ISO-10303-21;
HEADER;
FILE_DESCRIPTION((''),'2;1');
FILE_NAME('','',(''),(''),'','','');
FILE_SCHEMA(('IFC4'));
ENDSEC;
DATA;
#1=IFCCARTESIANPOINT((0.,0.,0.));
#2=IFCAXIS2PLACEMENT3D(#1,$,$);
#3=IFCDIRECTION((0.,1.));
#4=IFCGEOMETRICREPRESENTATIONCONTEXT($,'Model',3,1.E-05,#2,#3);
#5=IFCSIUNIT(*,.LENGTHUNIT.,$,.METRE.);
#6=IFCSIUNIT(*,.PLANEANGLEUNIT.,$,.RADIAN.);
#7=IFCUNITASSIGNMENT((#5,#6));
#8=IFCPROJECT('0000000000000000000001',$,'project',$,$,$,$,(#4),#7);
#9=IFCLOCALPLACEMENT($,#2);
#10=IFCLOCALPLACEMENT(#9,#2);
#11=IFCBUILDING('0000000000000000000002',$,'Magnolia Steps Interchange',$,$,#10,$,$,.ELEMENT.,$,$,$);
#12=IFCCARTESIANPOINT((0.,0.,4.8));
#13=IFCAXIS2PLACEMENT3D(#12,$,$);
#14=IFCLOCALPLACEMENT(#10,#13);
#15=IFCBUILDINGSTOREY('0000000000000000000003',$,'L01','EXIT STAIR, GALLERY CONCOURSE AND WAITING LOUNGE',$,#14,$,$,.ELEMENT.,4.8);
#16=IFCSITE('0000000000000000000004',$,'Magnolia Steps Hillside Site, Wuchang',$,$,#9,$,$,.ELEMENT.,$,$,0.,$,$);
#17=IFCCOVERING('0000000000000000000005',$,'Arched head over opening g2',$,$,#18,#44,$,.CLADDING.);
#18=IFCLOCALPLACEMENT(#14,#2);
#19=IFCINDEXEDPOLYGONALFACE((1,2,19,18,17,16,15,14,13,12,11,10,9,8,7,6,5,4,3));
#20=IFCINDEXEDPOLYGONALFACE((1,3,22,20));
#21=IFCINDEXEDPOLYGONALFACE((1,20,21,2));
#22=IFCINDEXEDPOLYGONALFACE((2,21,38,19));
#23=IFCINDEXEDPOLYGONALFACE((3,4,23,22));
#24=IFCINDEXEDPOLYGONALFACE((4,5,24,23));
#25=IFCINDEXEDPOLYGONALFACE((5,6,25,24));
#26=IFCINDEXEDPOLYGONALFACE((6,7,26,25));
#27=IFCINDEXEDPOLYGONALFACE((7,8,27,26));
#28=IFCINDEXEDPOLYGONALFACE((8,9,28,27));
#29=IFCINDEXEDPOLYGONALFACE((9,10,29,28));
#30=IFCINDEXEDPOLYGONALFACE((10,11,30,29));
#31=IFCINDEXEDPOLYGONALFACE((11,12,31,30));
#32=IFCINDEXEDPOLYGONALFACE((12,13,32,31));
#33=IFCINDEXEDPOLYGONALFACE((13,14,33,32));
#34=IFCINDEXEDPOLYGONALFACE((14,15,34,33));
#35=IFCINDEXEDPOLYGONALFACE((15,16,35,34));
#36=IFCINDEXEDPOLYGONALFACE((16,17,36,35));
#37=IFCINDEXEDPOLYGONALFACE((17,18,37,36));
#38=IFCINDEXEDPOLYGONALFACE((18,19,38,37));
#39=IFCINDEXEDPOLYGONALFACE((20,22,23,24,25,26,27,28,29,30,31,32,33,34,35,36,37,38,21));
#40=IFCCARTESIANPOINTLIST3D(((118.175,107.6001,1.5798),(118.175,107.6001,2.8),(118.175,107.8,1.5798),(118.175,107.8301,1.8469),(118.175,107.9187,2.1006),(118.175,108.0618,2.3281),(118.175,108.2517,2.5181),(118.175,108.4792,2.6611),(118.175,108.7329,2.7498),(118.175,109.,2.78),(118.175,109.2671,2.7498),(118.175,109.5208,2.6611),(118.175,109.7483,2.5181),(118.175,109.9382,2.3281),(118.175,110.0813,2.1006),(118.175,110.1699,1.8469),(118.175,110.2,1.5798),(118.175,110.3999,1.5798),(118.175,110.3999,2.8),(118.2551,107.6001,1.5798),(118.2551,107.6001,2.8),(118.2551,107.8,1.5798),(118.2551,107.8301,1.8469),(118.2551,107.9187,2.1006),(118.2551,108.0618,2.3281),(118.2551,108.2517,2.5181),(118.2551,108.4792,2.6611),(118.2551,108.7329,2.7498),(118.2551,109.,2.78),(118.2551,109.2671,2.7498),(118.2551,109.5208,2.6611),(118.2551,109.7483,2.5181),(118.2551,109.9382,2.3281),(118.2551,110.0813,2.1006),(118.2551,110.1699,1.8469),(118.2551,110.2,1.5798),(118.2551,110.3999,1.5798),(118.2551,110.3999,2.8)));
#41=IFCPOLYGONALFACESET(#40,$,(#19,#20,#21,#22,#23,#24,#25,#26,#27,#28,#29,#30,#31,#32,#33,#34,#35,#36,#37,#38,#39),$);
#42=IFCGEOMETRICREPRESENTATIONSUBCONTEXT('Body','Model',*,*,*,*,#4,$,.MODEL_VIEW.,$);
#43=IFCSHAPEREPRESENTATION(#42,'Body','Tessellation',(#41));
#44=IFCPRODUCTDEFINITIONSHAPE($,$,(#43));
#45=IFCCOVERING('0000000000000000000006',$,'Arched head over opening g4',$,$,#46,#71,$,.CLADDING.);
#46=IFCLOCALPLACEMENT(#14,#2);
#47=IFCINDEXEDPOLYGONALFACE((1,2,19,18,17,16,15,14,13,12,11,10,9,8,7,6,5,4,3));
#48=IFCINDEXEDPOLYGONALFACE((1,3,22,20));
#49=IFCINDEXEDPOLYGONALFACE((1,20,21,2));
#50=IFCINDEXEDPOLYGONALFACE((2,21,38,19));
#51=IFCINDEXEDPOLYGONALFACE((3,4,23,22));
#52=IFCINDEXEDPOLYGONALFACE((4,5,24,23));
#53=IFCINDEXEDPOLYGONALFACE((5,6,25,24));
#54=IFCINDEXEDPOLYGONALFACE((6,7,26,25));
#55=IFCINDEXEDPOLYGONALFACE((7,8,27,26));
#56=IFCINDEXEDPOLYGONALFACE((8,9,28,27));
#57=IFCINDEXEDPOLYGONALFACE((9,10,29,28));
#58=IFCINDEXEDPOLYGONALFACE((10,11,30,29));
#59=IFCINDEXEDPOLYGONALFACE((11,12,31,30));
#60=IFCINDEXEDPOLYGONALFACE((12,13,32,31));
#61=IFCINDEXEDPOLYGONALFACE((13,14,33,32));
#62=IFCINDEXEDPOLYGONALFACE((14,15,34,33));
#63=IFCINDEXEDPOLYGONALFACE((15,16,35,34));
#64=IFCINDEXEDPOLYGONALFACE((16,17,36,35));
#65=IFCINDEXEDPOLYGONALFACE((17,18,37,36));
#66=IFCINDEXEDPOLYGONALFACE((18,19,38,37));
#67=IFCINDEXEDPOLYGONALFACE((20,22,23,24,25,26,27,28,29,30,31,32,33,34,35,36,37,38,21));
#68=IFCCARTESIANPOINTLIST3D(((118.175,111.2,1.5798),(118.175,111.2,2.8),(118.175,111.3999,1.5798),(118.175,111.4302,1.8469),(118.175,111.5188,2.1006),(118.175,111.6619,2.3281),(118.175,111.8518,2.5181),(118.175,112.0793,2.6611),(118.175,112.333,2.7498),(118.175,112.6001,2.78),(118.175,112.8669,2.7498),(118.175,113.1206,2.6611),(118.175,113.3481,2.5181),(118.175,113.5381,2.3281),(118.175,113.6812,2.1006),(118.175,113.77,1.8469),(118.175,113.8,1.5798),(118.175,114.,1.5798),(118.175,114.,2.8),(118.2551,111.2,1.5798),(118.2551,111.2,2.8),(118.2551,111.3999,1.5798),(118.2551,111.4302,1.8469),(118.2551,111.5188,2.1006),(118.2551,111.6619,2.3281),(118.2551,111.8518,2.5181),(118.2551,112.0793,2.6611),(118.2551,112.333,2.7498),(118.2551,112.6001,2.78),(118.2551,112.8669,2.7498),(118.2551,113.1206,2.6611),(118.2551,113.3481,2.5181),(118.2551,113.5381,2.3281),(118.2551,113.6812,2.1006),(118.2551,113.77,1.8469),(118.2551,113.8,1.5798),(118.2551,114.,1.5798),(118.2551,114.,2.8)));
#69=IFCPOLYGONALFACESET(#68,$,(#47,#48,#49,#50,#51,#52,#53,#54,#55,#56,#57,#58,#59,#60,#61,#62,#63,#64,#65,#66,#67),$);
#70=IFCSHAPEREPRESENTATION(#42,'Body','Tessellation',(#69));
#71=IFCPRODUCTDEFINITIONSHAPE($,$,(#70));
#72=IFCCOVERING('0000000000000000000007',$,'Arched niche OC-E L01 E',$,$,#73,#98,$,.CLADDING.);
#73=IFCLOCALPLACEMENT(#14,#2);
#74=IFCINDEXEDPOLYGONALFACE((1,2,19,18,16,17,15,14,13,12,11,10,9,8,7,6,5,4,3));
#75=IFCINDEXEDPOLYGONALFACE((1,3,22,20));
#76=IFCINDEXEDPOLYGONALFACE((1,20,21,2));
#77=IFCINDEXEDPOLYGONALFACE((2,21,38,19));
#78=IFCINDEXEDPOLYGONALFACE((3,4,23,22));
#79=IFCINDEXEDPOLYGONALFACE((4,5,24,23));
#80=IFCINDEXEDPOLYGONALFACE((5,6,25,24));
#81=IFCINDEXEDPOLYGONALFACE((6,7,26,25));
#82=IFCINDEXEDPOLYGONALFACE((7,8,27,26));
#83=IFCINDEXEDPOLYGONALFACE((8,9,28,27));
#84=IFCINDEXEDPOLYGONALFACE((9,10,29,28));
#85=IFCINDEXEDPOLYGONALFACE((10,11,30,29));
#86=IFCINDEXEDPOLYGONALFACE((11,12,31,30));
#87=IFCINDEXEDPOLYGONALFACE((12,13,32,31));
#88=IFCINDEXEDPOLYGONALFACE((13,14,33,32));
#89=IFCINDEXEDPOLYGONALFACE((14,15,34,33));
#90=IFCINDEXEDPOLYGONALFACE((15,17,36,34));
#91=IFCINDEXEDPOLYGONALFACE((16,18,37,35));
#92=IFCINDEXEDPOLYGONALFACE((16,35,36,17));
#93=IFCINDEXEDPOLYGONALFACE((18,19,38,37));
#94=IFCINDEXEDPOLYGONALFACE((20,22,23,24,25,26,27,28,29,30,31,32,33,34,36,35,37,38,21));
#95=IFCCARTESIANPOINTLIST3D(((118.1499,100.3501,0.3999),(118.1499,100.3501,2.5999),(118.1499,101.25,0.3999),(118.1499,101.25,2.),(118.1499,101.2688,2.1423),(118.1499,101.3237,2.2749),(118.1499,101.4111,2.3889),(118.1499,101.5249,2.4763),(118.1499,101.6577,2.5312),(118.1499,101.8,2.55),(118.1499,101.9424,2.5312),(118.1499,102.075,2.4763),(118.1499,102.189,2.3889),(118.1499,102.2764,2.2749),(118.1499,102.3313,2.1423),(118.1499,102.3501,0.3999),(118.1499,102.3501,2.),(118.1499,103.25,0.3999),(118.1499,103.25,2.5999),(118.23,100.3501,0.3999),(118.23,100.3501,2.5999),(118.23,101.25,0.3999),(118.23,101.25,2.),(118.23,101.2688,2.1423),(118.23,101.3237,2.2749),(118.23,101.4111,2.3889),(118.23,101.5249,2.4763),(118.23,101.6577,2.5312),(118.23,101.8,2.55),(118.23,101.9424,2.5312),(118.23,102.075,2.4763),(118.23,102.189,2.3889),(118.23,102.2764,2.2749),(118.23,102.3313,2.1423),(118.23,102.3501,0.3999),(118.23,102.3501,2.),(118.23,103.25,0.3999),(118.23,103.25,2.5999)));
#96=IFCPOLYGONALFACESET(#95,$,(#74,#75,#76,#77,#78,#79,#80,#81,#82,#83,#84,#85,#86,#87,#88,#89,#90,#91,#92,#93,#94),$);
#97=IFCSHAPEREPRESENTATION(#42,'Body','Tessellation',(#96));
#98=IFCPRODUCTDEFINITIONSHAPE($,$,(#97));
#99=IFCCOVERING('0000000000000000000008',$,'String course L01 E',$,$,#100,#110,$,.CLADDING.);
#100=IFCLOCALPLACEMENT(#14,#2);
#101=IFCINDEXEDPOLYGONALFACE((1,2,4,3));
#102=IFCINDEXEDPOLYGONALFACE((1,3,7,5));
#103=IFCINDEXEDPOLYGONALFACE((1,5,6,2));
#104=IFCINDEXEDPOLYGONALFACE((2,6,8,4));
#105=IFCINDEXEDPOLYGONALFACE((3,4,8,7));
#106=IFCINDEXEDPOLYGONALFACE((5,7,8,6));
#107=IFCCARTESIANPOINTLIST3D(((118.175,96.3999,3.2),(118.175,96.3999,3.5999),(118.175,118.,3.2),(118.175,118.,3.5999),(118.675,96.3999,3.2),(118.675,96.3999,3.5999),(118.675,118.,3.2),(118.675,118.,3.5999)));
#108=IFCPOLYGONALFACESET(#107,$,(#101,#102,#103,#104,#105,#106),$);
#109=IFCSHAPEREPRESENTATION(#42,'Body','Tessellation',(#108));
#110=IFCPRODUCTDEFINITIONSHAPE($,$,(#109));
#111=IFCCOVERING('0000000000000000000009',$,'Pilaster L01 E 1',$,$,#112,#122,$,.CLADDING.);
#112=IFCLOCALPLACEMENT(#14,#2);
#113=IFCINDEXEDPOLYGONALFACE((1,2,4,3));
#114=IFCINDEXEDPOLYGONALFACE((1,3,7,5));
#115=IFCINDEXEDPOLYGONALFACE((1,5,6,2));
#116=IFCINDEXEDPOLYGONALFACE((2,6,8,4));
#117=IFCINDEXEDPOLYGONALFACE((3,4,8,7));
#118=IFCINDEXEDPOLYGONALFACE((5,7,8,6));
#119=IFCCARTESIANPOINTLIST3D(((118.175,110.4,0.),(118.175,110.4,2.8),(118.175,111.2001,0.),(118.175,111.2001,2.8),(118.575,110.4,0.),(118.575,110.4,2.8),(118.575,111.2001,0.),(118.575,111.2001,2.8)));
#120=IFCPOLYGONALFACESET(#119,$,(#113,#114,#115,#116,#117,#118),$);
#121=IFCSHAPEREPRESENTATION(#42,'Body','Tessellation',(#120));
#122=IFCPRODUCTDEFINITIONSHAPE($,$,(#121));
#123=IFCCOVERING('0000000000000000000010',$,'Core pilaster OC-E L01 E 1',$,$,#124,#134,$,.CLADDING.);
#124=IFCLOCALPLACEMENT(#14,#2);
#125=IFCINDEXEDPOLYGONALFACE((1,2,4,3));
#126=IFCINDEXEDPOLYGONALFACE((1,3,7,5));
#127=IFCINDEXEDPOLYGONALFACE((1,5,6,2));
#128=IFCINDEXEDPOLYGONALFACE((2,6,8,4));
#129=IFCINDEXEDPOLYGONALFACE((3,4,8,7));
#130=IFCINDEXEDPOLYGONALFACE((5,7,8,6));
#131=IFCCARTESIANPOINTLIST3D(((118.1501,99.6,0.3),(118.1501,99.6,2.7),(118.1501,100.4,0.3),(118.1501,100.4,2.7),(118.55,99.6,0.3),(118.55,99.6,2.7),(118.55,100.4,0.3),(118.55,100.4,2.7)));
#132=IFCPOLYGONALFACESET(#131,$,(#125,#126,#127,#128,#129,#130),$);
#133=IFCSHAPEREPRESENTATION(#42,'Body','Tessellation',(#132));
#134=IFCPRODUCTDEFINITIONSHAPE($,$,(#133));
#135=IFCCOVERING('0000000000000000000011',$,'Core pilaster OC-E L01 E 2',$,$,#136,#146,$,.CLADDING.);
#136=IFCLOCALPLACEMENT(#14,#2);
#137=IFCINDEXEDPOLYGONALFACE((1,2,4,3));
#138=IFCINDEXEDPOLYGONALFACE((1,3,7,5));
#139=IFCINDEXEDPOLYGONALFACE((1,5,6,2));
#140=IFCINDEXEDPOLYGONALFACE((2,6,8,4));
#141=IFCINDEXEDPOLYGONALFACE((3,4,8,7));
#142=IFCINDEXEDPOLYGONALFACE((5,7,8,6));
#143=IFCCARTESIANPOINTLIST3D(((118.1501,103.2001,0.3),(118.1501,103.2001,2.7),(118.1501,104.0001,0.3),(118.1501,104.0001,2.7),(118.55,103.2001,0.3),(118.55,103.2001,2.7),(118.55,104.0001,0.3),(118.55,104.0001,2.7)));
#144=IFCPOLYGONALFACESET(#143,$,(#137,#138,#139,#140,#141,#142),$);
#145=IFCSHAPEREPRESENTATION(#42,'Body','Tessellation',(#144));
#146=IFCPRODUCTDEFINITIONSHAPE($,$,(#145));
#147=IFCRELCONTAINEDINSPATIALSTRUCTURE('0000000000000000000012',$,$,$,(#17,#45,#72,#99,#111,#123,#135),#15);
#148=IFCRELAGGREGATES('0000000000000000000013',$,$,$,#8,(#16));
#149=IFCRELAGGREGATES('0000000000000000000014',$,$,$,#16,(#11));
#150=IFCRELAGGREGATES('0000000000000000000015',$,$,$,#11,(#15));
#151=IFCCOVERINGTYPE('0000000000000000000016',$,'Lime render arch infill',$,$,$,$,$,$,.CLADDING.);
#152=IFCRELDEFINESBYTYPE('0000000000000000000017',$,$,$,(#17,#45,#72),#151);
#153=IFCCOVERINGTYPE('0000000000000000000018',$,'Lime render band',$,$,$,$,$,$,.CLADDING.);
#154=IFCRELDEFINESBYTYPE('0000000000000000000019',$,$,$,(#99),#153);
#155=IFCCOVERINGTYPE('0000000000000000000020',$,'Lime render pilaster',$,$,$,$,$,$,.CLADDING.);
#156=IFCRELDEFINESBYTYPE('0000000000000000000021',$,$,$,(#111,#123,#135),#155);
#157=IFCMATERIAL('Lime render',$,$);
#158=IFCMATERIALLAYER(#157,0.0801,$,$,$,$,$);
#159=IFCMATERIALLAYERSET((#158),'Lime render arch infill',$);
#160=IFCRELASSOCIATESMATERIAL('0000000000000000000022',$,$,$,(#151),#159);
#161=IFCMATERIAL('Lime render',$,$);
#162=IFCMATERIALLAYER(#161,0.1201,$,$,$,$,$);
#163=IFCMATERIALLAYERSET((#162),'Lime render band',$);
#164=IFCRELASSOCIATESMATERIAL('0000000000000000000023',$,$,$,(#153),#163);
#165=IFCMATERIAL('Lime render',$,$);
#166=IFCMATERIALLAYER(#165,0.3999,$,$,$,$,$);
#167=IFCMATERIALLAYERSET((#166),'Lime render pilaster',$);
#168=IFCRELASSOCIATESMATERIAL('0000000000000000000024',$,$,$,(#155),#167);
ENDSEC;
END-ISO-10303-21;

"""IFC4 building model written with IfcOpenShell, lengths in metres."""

from ifc_helpers import new_model, si_unit, direction, frame, origin, origin_2d, place, context, subcontext, project, spatial, polyline, rectangle, outline, extrude, material, layer, layer_set, type_object, element, save


model = new_model("IFC4")

# Units and contexts
model_context = context("Model", 3, precision=1e-05, world=origin(), true_north=direction((0.0, 1.0)))
body_context = subcontext(model_context, "Body", "Model", "MODEL_VIEW")
ifc_project = project(units=[si_unit("LENGTHUNIT", "METRE"), si_unit("PLANEANGLEUNIT", "RADIAN")], contexts=[model_context])

# Site, building, storey
site_placement = place(None, origin())
site = spatial("IfcSite", under=ifc_project, at=site_placement, Name="Magnolia Steps Hillside Site, Wuchang", CompositionType="ELEMENT", RefElevation=0.0)
building_placement = place(site_placement, origin())
building = spatial("IfcBuilding", under=site, at=building_placement, Name="Magnolia Steps Interchange", CompositionType="ELEMENT")
storey_placement = place(building_placement, frame((0.0, 0.0, 4.8)))
storey = spatial("IfcBuildingStorey", under=building, at=storey_placement, Name="L01", Description="EXIT STAIR, GALLERY CONCOURSE AND WAITING LOUNGE", CompositionType="ELEMENT", Elevation=4.8)

# Coverings
ifc_material_1 = material(Name="Lime render")
ifc_layer_1 = layer(ifc_material_1, 0.0801)
ifc_layer_set_1 = layer_set([ifc_layer_1], Name="Lime render arch infill")
covering_type_1 = type_object("IfcCoveringType", Name="Lime render arch infill", PredefinedType="CLADDING", material=ifc_layer_set_1)
covering_1_placement = place(storey_placement, frame((118.175, 107.6001, 1.5798), z_axis=(-1.0, 0.0, 0.0), x_axis=(0.0, 0.0, 1.0)))
element("IfcCovering", 1, at=covering_1_placement, inside=storey, type_object=covering_type_1, Name="Arched head over opening g2", PredefinedType="CLADDING", context=body_context, shape_type="SweptSolid", body=[
    extrude(outline(polyline([(0.0, 0.0), (1.2202, 0.0), (1.2202, 2.7998), (0.0, 2.7998), (0.0, 2.5999), (0.2671, 2.5698), (0.5208, 2.4812), (0.7483, 2.3381), (0.9382, 2.1482), (1.0813, 1.9207), (1.1699, 1.667), (1.2002, 1.3999), (1.1699, 1.1328), (1.0813, 0.8792), (0.9382, 0.6516), (0.7483, 0.4617), (0.5208, 0.3186), (0.2671, 0.23), (0.0, 0.2), (0.0, 0.0)])), origin(), (0.0, 0.0, -1.0), 0.0801),
])
covering_2_placement = place(storey_placement, frame((118.175, 111.2, 1.5798), z_axis=(-1.0, 0.0, 0.0), x_axis=(0.0, 0.0, 1.0)))
element("IfcCovering", 2, at=covering_2_placement, inside=storey, type_object=covering_type_1, Name="Arched head over opening g4", PredefinedType="CLADDING", context=body_context, shape_type="SweptSolid", body=[
    extrude(outline(polyline([(0.0, 0.0), (1.2202, 0.0), (1.2202, 2.8), (0.0, 2.8), (0.0, 2.6001), (0.2671, 2.5701), (0.5208, 2.4812), (0.7483, 2.3381), (0.9382, 2.1482), (1.0813, 1.9207), (1.1699, 1.667), (1.2002, 1.4001), (1.1699, 1.1331), (1.0813, 0.8794), (0.9382, 0.6519), (0.7483, 0.4619), (0.5208, 0.3188), (0.2671, 0.2302), (0.0, 0.2), (0.0, 0.0)])), origin(), (0.0, 0.0, -1.0), 0.0801),
])
covering_3_placement = place(storey_placement, frame((118.1499, 100.3501, 0.3999), z_axis=(-1.0, 0.0, 0.0), x_axis=(0.0, 0.0, 1.0)))
element("IfcCovering", 3, at=covering_3_placement, inside=storey, type_object=covering_type_1, Name="Arched niche OC-E L01 E", PredefinedType="CLADDING", context=body_context, shape_type="SweptSolid", body=[
    extrude(outline(polyline([(0.0, 0.0), (2.2, 0.0), (2.2, 2.8999), (0.0, 2.8999), (0.0, 2.0), (1.6001, 2.0), (1.7424, 1.9812), (1.875, 1.9263), (1.989, 1.8389), (2.0764, 1.7249), (2.1313, 1.5923), (2.1501, 1.45), (2.1313, 1.3076), (2.0764, 1.1748), (1.989, 1.061), (1.875, 0.9736), (1.7424, 0.9187), (1.6001, 0.8999), (0.0, 0.8999), (0.0, 0.0)])), origin(), (0.0, 0.0, -1.0), 0.0801),
])
ifc_material_2 = material(Name="Lime render")
ifc_layer_2 = layer(ifc_material_2, 0.1201)
ifc_layer_set_2 = layer_set([ifc_layer_2], Name="Lime render band")
covering_type_2 = type_object("IfcCoveringType", Name="Lime render band", PredefinedType="CLADDING", material=ifc_layer_set_2)
covering_4_placement = place(storey_placement, frame((118.425, 107.2, 3.2), z_axis=(0.0, 0.0, 1.0), x_axis=(1.0, 0.0, 0.0)))
element("IfcCovering", 4, at=covering_4_placement, inside=storey, type_object=covering_type_2, Name="String course L01 E", PredefinedType="CLADDING", context=body_context, shape_type="SweptSolid", body=[
    extrude(rectangle(XDim=0.5, YDim=21.6001, at=origin_2d()), origin(), (0.0, 0.0, 1.0), 0.3999),
])
ifc_material_3 = material(Name="Lime render")
ifc_layer_3 = layer(ifc_material_3, 0.3999)
ifc_layer_set_3 = layer_set([ifc_layer_3], Name="Lime render pilaster")
covering_type_3 = type_object("IfcCoveringType", Name="Lime render pilaster", PredefinedType="CLADDING", material=ifc_layer_set_3)
covering_5_placement = place(storey_placement, frame((118.375, 110.8, 0.0), z_axis=(0.0, 0.0, 1.0), x_axis=(1.0, 0.0, 0.0)))
element("IfcCovering", 5, at=covering_5_placement, inside=storey, type_object=covering_type_3, Name="Pilaster L01 E 1", PredefinedType="CLADDING", context=body_context, shape_type="SweptSolid", body=[
    extrude(rectangle(XDim=0.3999, YDim=0.8, at=origin_2d()), origin(), (0.0, 0.0, 1.0), 2.8),
])
for number, where, z_axis, x_axis, name in (
    (6, (118.3501, 100.0, 0.3), (0.0, 0.0, 1.0), (1.0, 0.0, 0.0), "Core pilaster OC-E L01 E 1"),
    (7, (118.3501, 103.6001, 0.3), (0.0, 0.0, 1.0), (1.0, 0.0, 0.0), "Core pilaster OC-E L01 E 2"),
):
    element("IfcCovering", number, at=place(storey_placement, frame(where, z_axis=z_axis, x_axis=x_axis)), inside=storey, type_object=covering_type_3, Name=name, PredefinedType="CLADDING", context=body_context, shape_type="SweptSolid", body=[
        extrude(rectangle(XDim=0.3999, YDim=0.8, at=origin_2d()), origin(), (0.0, 0.0, 1.0), 2.3999),
    ])

save(model, "model.ifc")
